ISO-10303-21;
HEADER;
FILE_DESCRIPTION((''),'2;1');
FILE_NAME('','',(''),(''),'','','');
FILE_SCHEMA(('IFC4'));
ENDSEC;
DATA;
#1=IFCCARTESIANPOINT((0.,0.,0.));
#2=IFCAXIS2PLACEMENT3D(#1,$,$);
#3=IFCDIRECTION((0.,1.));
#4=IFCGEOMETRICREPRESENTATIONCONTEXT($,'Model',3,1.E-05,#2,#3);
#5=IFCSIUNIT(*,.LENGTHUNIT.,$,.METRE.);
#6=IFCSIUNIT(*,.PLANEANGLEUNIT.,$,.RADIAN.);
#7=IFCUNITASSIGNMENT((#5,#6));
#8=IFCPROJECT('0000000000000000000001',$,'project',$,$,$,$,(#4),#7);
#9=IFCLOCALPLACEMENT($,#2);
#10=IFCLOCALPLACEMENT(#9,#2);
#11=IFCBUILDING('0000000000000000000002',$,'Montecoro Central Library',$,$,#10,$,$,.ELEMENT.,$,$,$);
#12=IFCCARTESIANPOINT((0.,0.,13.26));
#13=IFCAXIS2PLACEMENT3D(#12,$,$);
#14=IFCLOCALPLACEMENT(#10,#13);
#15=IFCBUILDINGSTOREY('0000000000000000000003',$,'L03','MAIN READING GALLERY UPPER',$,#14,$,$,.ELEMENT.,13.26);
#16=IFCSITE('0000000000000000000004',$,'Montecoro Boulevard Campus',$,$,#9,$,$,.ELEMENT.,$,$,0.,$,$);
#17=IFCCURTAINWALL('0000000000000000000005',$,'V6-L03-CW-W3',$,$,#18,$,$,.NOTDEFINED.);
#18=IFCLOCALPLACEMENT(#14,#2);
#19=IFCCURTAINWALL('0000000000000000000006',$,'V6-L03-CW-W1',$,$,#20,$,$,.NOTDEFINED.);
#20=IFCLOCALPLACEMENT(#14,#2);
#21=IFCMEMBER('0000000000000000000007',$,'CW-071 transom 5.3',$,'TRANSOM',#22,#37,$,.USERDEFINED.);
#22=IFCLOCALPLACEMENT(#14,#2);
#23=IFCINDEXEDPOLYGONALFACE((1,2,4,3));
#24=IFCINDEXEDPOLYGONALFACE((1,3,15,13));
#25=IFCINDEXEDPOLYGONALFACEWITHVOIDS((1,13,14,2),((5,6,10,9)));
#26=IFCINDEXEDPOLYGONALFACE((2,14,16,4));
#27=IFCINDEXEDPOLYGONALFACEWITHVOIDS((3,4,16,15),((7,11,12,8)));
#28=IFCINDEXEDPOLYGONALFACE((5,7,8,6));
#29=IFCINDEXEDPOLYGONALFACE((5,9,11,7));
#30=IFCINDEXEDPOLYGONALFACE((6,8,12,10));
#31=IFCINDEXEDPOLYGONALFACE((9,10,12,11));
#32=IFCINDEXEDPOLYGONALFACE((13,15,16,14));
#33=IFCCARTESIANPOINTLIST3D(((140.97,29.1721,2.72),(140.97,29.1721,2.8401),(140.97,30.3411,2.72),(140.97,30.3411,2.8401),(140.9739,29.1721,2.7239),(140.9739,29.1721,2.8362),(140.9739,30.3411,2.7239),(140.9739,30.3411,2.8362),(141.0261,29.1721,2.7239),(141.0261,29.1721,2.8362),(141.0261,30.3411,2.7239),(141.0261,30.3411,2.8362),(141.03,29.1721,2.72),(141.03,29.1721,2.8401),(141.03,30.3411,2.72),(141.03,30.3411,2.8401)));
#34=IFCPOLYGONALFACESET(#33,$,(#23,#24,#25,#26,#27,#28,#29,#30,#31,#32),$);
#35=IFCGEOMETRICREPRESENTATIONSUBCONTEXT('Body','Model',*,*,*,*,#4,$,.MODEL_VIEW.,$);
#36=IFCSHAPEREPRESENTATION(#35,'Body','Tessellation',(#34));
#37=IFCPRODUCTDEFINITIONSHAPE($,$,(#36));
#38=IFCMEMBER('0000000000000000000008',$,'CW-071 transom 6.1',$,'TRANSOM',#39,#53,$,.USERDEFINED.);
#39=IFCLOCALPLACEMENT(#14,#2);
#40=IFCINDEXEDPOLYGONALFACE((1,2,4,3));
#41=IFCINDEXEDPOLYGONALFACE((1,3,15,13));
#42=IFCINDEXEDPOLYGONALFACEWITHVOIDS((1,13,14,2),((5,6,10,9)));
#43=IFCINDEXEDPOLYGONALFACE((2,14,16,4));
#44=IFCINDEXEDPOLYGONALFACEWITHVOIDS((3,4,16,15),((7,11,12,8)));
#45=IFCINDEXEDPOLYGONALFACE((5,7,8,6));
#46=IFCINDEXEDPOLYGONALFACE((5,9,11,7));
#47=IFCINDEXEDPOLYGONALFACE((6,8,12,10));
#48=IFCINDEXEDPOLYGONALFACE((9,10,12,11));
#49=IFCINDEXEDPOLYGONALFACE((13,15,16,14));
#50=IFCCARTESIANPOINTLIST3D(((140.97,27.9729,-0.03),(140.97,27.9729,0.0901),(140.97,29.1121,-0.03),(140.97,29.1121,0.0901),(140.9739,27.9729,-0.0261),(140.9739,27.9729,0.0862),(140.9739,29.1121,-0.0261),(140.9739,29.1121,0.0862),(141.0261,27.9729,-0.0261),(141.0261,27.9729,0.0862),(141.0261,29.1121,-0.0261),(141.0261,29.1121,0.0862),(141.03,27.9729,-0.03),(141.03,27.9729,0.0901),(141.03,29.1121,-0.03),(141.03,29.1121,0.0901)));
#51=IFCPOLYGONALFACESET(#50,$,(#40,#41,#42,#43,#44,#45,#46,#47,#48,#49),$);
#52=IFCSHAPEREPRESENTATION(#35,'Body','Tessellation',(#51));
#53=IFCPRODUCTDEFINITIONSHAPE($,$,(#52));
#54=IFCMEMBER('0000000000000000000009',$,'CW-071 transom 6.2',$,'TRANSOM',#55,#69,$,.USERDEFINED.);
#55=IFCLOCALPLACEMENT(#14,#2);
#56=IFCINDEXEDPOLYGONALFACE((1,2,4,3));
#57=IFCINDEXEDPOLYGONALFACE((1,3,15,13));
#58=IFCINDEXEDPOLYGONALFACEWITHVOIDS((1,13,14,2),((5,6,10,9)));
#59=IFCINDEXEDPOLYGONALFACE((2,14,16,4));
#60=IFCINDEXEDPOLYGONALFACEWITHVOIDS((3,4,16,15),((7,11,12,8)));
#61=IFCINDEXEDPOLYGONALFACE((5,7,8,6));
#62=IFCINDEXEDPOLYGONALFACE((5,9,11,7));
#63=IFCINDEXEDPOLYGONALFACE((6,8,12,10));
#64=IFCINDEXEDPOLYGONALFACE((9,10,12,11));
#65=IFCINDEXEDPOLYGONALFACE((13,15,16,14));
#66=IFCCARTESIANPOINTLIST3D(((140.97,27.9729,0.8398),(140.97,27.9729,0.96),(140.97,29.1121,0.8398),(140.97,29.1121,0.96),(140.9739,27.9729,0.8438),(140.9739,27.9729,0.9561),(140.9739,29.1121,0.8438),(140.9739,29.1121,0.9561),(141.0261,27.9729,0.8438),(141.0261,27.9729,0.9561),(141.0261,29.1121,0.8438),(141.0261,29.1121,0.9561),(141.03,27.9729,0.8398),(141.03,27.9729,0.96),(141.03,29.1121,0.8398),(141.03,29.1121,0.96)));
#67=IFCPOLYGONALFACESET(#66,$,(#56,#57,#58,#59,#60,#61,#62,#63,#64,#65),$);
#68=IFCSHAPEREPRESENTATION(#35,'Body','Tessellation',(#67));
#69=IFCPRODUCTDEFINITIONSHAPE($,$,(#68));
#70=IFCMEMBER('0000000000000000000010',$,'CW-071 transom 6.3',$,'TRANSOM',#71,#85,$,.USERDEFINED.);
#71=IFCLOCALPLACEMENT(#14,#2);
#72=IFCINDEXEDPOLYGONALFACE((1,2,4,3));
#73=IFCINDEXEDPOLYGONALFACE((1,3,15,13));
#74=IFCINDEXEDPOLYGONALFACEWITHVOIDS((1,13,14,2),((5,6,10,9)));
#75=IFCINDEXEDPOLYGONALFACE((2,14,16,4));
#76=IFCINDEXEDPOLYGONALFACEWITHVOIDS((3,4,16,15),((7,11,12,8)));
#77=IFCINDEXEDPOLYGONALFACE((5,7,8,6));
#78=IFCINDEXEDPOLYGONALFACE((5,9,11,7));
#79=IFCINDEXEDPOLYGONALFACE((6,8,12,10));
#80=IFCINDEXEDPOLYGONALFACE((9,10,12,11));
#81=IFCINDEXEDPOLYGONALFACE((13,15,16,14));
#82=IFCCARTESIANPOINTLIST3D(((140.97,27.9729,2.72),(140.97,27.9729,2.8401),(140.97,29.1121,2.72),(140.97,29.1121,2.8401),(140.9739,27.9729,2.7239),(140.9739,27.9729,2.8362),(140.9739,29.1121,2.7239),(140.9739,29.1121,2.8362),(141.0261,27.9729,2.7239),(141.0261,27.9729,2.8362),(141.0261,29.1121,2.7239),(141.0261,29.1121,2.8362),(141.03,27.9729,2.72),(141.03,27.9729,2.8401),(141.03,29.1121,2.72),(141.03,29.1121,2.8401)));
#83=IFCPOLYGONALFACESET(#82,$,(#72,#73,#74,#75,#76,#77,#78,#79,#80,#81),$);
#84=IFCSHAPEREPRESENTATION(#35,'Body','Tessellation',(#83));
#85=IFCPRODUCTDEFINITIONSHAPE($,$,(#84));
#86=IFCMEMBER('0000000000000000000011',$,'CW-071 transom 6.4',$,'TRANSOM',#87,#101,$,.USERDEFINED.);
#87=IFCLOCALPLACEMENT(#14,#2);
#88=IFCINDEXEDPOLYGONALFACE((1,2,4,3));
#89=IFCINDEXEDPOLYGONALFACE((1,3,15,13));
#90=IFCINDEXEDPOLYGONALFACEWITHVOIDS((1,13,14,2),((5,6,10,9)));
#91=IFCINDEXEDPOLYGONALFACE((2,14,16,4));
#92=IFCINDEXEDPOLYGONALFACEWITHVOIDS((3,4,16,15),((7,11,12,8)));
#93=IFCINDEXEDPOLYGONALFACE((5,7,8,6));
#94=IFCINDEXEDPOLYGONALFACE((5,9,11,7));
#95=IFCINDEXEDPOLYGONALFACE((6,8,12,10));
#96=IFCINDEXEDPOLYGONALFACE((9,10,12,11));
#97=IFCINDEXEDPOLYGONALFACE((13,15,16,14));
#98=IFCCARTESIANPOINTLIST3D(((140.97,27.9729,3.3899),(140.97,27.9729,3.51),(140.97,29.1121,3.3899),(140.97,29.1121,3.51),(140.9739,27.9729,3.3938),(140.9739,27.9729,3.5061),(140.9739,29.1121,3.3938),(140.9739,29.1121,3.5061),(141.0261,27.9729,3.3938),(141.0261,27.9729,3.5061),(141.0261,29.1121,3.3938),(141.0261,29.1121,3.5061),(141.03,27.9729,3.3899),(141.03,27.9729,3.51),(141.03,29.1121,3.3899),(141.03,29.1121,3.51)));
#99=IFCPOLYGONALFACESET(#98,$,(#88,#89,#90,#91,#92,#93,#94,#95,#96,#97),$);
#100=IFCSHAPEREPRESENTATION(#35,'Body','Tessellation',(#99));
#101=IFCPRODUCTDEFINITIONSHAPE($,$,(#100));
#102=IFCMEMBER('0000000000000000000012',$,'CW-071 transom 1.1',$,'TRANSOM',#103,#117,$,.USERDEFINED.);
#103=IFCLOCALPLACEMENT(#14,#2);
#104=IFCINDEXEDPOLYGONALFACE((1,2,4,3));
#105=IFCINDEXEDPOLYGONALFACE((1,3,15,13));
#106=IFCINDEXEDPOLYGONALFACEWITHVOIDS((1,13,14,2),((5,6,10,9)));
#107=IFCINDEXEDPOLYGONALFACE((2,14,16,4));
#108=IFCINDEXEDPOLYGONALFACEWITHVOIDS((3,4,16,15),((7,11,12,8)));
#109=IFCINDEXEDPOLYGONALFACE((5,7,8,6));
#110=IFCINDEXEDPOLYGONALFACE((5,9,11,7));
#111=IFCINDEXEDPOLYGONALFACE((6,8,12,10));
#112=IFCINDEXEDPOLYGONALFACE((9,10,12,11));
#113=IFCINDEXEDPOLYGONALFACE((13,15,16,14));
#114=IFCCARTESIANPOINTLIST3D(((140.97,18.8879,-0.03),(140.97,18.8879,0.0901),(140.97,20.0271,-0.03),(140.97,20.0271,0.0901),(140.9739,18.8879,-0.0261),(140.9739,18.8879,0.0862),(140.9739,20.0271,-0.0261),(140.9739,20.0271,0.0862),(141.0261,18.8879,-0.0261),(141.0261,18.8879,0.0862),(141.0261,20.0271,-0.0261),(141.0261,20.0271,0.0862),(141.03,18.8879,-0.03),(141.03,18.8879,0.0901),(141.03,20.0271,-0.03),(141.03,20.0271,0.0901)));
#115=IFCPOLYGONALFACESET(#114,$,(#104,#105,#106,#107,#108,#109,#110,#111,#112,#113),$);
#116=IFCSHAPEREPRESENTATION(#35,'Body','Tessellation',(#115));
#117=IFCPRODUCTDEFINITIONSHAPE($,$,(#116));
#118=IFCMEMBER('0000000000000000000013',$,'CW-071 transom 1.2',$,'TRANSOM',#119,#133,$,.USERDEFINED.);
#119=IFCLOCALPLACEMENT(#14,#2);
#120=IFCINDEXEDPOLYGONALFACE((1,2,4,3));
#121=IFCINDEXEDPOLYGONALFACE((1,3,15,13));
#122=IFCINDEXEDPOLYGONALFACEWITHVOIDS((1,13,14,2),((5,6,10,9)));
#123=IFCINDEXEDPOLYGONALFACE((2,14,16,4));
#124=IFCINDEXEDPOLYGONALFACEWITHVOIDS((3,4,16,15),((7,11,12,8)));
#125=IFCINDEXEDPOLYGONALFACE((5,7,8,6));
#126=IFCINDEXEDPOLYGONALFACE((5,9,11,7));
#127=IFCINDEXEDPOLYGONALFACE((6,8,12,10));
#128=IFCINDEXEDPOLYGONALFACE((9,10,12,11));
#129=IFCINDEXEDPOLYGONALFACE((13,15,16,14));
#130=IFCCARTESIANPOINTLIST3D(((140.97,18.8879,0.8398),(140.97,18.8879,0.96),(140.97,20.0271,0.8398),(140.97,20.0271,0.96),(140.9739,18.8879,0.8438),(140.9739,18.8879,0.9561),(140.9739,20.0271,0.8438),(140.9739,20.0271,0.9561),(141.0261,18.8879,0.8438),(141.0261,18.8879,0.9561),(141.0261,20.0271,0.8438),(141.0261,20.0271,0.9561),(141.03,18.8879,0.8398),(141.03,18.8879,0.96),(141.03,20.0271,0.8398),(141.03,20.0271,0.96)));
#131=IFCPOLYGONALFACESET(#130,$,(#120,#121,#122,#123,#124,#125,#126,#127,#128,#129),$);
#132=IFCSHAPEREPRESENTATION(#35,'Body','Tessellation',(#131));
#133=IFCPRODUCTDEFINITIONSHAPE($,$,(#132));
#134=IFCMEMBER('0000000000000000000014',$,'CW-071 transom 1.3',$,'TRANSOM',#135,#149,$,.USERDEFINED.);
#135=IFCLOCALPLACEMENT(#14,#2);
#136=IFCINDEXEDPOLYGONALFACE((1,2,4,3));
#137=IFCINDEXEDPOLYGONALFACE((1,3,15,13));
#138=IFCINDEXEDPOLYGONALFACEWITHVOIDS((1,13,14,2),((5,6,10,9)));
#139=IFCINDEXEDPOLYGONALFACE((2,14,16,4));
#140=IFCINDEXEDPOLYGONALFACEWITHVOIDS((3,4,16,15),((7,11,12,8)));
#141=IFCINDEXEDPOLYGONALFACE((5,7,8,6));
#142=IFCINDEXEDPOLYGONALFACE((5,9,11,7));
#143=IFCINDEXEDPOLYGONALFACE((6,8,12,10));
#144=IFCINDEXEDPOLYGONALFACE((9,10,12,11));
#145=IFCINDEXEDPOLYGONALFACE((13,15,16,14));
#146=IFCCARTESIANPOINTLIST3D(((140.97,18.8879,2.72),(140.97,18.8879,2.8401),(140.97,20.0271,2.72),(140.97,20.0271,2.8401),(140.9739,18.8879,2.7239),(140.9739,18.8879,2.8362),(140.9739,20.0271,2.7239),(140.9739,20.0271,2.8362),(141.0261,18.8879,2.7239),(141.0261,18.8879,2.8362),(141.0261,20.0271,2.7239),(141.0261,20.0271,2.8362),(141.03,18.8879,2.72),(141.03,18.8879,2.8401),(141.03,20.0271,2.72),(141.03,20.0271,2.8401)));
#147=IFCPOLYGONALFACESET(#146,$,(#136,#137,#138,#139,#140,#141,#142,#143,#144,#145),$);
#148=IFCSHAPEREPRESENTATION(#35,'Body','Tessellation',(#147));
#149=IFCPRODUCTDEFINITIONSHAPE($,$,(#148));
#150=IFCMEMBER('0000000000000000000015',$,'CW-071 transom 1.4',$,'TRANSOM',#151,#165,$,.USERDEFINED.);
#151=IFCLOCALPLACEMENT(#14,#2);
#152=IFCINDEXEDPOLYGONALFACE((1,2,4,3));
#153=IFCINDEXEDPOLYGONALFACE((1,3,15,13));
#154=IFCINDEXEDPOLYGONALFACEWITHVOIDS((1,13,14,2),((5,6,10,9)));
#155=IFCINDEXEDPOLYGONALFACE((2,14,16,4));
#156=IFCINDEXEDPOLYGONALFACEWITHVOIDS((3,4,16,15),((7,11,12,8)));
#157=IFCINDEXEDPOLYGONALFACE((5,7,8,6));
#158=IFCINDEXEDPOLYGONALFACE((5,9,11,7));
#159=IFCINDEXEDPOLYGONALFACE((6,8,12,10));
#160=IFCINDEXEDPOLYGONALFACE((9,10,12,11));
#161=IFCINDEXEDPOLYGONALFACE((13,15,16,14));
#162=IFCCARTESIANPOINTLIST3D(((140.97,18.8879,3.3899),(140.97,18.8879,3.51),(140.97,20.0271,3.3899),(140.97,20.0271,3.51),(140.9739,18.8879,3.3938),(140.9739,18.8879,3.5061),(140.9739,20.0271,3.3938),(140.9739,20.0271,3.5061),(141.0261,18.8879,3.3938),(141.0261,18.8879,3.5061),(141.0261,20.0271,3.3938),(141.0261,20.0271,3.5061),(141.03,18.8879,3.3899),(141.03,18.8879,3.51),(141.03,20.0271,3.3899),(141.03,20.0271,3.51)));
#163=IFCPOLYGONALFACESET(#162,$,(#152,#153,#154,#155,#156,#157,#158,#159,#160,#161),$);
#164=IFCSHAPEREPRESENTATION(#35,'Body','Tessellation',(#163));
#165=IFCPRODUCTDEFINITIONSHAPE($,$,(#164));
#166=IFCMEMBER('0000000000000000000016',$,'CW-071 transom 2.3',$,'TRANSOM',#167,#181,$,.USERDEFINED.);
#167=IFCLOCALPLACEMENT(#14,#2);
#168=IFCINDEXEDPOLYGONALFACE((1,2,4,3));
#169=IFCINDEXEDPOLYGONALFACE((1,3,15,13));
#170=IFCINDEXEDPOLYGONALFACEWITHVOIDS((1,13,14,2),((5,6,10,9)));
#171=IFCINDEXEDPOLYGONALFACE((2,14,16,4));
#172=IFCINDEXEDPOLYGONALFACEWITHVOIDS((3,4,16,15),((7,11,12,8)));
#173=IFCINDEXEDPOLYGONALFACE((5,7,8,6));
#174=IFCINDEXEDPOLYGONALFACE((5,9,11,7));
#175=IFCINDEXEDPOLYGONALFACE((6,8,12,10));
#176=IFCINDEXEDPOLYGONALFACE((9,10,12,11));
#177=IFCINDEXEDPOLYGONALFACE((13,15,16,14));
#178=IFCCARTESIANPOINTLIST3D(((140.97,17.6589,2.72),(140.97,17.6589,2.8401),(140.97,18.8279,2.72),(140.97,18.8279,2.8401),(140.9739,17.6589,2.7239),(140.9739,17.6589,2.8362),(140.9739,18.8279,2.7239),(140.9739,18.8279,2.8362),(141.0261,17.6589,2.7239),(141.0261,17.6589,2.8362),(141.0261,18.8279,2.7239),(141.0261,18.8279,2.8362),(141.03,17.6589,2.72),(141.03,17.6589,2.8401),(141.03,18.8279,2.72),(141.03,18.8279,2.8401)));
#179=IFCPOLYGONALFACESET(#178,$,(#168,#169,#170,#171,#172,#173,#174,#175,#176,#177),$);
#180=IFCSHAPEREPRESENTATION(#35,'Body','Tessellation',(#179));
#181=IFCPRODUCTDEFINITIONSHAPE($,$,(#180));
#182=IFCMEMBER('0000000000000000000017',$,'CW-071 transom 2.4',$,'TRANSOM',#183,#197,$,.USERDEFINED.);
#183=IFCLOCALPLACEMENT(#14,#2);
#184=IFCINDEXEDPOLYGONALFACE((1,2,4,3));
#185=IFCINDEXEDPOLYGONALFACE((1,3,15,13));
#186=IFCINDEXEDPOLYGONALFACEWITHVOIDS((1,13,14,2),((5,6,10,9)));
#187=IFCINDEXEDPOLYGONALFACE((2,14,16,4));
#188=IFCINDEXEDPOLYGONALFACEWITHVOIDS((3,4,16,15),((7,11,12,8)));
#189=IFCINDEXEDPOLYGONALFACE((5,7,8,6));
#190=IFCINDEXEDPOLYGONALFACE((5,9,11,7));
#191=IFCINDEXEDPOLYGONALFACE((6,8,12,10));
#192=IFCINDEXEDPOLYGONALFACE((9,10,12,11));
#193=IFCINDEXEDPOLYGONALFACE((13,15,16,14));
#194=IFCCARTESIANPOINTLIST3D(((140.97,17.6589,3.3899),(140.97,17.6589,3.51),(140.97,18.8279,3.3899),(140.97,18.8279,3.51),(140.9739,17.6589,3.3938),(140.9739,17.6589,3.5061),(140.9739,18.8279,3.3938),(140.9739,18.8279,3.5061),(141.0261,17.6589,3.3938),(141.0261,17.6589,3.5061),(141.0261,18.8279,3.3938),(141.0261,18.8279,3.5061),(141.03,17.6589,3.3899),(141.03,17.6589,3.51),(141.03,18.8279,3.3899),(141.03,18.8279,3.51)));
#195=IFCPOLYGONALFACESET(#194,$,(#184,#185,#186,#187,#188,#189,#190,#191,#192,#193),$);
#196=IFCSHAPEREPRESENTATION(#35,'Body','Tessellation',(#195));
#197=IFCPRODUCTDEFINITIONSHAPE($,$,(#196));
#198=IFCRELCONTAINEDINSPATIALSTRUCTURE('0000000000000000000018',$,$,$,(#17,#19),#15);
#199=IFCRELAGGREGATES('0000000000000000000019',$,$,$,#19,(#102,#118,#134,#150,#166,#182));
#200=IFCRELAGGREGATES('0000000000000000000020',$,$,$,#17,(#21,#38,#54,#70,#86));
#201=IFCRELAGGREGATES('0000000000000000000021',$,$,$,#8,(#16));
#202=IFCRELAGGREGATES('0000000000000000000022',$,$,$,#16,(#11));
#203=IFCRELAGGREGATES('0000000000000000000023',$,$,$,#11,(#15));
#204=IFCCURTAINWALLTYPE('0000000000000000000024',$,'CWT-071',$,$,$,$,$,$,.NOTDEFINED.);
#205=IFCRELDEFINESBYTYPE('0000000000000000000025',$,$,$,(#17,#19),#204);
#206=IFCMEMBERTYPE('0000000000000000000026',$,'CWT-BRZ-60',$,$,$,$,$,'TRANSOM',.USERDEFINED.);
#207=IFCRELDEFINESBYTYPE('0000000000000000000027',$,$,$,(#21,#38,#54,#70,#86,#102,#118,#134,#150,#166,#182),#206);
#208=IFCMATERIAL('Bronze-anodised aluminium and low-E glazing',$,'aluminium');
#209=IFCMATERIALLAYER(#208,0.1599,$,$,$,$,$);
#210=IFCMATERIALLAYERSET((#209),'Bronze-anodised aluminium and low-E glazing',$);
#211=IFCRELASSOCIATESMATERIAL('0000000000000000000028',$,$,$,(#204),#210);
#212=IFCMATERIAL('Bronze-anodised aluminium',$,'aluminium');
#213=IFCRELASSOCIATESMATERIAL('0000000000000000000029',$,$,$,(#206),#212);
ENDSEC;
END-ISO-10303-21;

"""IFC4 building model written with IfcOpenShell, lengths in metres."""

from ifc_helpers import new_model, si_unit, direction, frame, origin, origin_2d, place, context, subcontext, project, spatial, hollow_rectangle, extrude, material, layer, layer_set, material_profile, profile_set, type_object, element, aggregate, save


model = new_model("IFC4")

# Units and contexts
model_context = context("Model", 3, precision=1e-05, world=origin(), true_north=direction((0.0, 1.0)))
body_context = subcontext(model_context, "Body", "Model", "MODEL_VIEW")
ifc_project = project(units=[si_unit("LENGTHUNIT", "METRE"), si_unit("PLANEANGLEUNIT", "RADIAN")], contexts=[model_context])

# Site, building, storey
site_placement = place(None, origin())
site = spatial("IfcSite", under=ifc_project, at=site_placement, Name="Montecoro Boulevard Campus", CompositionType="ELEMENT", RefElevation=0.0)
building_placement = place(site_placement, origin())
building = spatial("IfcBuilding", under=site, at=building_placement, Name="Montecoro Central Library", CompositionType="ELEMENT")
storey_placement = place(building_placement, frame((0.0, 0.0, 13.26)))
storey = spatial("IfcBuildingStorey", under=building, at=storey_placement, Name="L03", Description="MAIN READING GALLERY UPPER", CompositionType="ELEMENT", Elevation=13.26)

# Curtain walls
ifc_material_1 = material(Name="Bronze-anodised aluminium and low-E glazing", Category="aluminium")
ifc_layer_1 = layer(ifc_material_1, 0.1599)
ifc_layer_set_1 = layer_set([ifc_layer_1], Name="Bronze-anodised aluminium and low-E glazing")
curtain_wall_type = type_object("IfcCurtainWallType", Name="CWT-071", PredefinedType="NOTDEFINED", material=ifc_layer_set_1)
curtain_wall_1_placement = place(storey_placement, origin())
curtain_wall_1 = element("IfcCurtainWall", 1, at=curtain_wall_1_placement, inside=storey, type_object=curtain_wall_type, Name="V6-L03-CW-W3", PredefinedType="NOTDEFINED")
ifc_material_2 = material(Name="Bronze-anodised aluminium", Category="aluminium")
curtain_wall_2_placement = place(storey_placement, origin())
curtain_wall_2 = element("IfcCurtainWall", 2, at=curtain_wall_2_placement, inside=storey, type_object=curtain_wall_type, Name="V6-L03-CW-W1", PredefinedType="NOTDEFINED")

# Members
ifc_material_profile_1 = material_profile(ifc_material_2, hollow_rectangle(XDim=0.0601, YDim=0.1201, WallThickness=0.0039, at=origin_2d()), Name="CWT 120x60x4.0")
ifc_profile_set_1 = profile_set([ifc_material_profile_1], Name="Bronze-anodised aluminium")
member_type_1 = type_object("IfcMemberType", Name="CWT-BRZ-60", ElementType="TRANSOM", PredefinedType="USERDEFINED", material=ifc_profile_set_1)
member_1_placement = place(storey_placement, frame((141.0, 30.3411, 2.78), z_axis=(0.0, -1.0, 0.0), x_axis=(1.0, 0.0, 0.0)))
member_1 = element("IfcMember", 3, at=member_1_placement, type_object=member_type_1, Name="CW-071 transom 5.3", ObjectType="TRANSOM", PredefinedType="USERDEFINED", context=body_context, shape_type="SweptSolid", body=[
    extrude(hollow_rectangle(XDim=0.0601, YDim=0.1201, WallThickness=0.0039, at=origin_2d()), origin(), (0.0, 0.0, 1.0), 1.1689),
])
member_2_placement = place(storey_placement, frame((141.0, 29.1121, 0.03), z_axis=(0.0, -1.0, 0.0), x_axis=(1.0, 0.0, 0.0)))
member_2 = element("IfcMember", 4, at=member_2_placement, type_object=member_type_1, Name="CW-071 transom 6.1", ObjectType="TRANSOM", PredefinedType="USERDEFINED", context=body_context, shape_type="SweptSolid", body=[
    extrude(hollow_rectangle(XDim=0.0601, YDim=0.1201, WallThickness=0.0039, at=origin_2d()), origin(), (0.0, 0.0, 1.0), 1.1392),
])
member_3_placement = place(storey_placement, frame((141.0, 29.1121, 0.8999), z_axis=(0.0, -1.0, 0.0), x_axis=(1.0, 0.0, 0.0)))
member_3 = element("IfcMember", 5, at=member_3_placement, type_object=member_type_1, Name="CW-071 transom 6.2", ObjectType="TRANSOM", PredefinedType="USERDEFINED", context=body_context, shape_type="SweptSolid", body=[
    extrude(hollow_rectangle(XDim=0.0601, YDim=0.1201, WallThickness=0.0039, at=origin_2d()), origin(), (0.0, 0.0, 1.0), 1.1392),
])
member_4_placement = place(storey_placement, frame((141.0, 29.1121, 2.78), z_axis=(0.0, -1.0, 0.0), x_axis=(1.0, 0.0, 0.0)))
member_4 = element("IfcMember", 6, at=member_4_placement, type_object=member_type_1, Name="CW-071 transom 6.3", ObjectType="TRANSOM", PredefinedType="USERDEFINED", context=body_context, shape_type="SweptSolid", body=[
    extrude(hollow_rectangle(XDim=0.0601, YDim=0.1201, WallThickness=0.0039, at=origin_2d()), origin(), (0.0, 0.0, 1.0), 1.1392),
])
member_5_placement = place(storey_placement, frame((141.0, 29.1121, 3.45), z_axis=(0.0, -1.0, 0.0), x_axis=(1.0, 0.0, 0.0)))
member_5 = element("IfcMember", 7, at=member_5_placement, type_object=member_type_1, Name="CW-071 transom 6.4", ObjectType="TRANSOM", PredefinedType="USERDEFINED", context=body_context, shape_type="SweptSolid", body=[
    extrude(hollow_rectangle(XDim=0.0601, YDim=0.1201, WallThickness=0.0039, at=origin_2d()), origin(), (0.0, 0.0, 1.0), 1.1392),
])
member_6_placement = place(storey_placement, frame((141.0, 20.0271, 0.03), z_axis=(0.0, -1.0, 0.0), x_axis=(1.0, 0.0, 0.0)))
member_6 = element("IfcMember", 8, at=member_6_placement, type_object=member_type_1, Name="CW-071 transom 1.1", ObjectType="TRANSOM", PredefinedType="USERDEFINED", context=body_context, shape_type="SweptSolid", body=[
    extrude(hollow_rectangle(XDim=0.0601, YDim=0.1201, WallThickness=0.0039, at=origin_2d()), origin(), (0.0, 0.0, 1.0), 1.1392),
])
member_7_placement = place(storey_placement, frame((141.0, 20.0271, 0.8999), z_axis=(0.0, -1.0, 0.0), x_axis=(1.0, 0.0, 0.0)))
member_7 = element("IfcMember", 9, at=member_7_placement, type_object=member_type_1, Name="CW-071 transom 1.2", ObjectType="TRANSOM", PredefinedType="USERDEFINED", context=body_context, shape_type="SweptSolid", body=[
    extrude(hollow_rectangle(XDim=0.0601, YDim=0.1201, WallThickness=0.0039, at=origin_2d()), origin(), (0.0, 0.0, 1.0), 1.1392),
])
member_8_placement = place(storey_placement, frame((141.0, 20.0271, 2.78), z_axis=(0.0, -1.0, 0.0), x_axis=(1.0, 0.0, 0.0)))
member_8 = element("IfcMember", 10, at=member_8_placement, type_object=member_type_1, Name="CW-071 transom 1.3", ObjectType="TRANSOM", PredefinedType="USERDEFINED", context=body_context, shape_type="SweptSolid", body=[
    extrude(hollow_rectangle(XDim=0.0601, YDim=0.1201, WallThickness=0.0039, at=origin_2d()), origin(), (0.0, 0.0, 1.0), 1.1392),
])
member_9_placement = place(storey_placement, frame((141.0, 20.0271, 3.45), z_axis=(0.0, -1.0, 0.0), x_axis=(1.0, 0.0, 0.0)))
member_9 = element("IfcMember", 11, at=member_9_placement, type_object=member_type_1, Name="CW-071 transom 1.4", ObjectType="TRANSOM", PredefinedType="USERDEFINED", context=body_context, shape_type="SweptSolid", body=[
    extrude(hollow_rectangle(XDim=0.0601, YDim=0.1201, WallThickness=0.0039, at=origin_2d()), origin(), (0.0, 0.0, 1.0), 1.1392),
])
member_10_placement = place(storey_placement, frame((141.0, 18.8279, 2.78), z_axis=(0.0, -1.0, 0.0), x_axis=(1.0, 0.0, 0.0)))
member_10 = element("IfcMember", 12, at=member_10_placement, type_object=member_type_1, Name="CW-071 transom 2.3", ObjectType="TRANSOM", PredefinedType="USERDEFINED", context=body_context, shape_type="SweptSolid", body=[
    extrude(hollow_rectangle(XDim=0.0601, YDim=0.1201, WallThickness=0.0039, at=origin_2d()), origin(), (0.0, 0.0, 1.0), 1.1689),
])
member_11_placement = place(storey_placement, frame((141.0, 18.8279, 3.45), z_axis=(0.0, -1.0, 0.0), x_axis=(1.0, 0.0, 0.0)))
member_11 = element("IfcMember", 13, at=member_11_placement, type_object=member_type_1, Name="CW-071 transom 2.4", ObjectType="TRANSOM", PredefinedType="USERDEFINED", context=body_context, shape_type="SweptSolid", body=[
    extrude(hollow_rectangle(XDim=0.0601, YDim=0.1201, WallThickness=0.0039, at=origin_2d()), origin(), (0.0, 0.0, 1.0), 1.1689),
])

aggregate(curtain_wall_2, [member_6, member_7, member_8, member_9, member_10, member_11])
aggregate(curtain_wall_1, [member_1, member_2, member_3, member_4, member_5])

save(model, "model.ifc")
